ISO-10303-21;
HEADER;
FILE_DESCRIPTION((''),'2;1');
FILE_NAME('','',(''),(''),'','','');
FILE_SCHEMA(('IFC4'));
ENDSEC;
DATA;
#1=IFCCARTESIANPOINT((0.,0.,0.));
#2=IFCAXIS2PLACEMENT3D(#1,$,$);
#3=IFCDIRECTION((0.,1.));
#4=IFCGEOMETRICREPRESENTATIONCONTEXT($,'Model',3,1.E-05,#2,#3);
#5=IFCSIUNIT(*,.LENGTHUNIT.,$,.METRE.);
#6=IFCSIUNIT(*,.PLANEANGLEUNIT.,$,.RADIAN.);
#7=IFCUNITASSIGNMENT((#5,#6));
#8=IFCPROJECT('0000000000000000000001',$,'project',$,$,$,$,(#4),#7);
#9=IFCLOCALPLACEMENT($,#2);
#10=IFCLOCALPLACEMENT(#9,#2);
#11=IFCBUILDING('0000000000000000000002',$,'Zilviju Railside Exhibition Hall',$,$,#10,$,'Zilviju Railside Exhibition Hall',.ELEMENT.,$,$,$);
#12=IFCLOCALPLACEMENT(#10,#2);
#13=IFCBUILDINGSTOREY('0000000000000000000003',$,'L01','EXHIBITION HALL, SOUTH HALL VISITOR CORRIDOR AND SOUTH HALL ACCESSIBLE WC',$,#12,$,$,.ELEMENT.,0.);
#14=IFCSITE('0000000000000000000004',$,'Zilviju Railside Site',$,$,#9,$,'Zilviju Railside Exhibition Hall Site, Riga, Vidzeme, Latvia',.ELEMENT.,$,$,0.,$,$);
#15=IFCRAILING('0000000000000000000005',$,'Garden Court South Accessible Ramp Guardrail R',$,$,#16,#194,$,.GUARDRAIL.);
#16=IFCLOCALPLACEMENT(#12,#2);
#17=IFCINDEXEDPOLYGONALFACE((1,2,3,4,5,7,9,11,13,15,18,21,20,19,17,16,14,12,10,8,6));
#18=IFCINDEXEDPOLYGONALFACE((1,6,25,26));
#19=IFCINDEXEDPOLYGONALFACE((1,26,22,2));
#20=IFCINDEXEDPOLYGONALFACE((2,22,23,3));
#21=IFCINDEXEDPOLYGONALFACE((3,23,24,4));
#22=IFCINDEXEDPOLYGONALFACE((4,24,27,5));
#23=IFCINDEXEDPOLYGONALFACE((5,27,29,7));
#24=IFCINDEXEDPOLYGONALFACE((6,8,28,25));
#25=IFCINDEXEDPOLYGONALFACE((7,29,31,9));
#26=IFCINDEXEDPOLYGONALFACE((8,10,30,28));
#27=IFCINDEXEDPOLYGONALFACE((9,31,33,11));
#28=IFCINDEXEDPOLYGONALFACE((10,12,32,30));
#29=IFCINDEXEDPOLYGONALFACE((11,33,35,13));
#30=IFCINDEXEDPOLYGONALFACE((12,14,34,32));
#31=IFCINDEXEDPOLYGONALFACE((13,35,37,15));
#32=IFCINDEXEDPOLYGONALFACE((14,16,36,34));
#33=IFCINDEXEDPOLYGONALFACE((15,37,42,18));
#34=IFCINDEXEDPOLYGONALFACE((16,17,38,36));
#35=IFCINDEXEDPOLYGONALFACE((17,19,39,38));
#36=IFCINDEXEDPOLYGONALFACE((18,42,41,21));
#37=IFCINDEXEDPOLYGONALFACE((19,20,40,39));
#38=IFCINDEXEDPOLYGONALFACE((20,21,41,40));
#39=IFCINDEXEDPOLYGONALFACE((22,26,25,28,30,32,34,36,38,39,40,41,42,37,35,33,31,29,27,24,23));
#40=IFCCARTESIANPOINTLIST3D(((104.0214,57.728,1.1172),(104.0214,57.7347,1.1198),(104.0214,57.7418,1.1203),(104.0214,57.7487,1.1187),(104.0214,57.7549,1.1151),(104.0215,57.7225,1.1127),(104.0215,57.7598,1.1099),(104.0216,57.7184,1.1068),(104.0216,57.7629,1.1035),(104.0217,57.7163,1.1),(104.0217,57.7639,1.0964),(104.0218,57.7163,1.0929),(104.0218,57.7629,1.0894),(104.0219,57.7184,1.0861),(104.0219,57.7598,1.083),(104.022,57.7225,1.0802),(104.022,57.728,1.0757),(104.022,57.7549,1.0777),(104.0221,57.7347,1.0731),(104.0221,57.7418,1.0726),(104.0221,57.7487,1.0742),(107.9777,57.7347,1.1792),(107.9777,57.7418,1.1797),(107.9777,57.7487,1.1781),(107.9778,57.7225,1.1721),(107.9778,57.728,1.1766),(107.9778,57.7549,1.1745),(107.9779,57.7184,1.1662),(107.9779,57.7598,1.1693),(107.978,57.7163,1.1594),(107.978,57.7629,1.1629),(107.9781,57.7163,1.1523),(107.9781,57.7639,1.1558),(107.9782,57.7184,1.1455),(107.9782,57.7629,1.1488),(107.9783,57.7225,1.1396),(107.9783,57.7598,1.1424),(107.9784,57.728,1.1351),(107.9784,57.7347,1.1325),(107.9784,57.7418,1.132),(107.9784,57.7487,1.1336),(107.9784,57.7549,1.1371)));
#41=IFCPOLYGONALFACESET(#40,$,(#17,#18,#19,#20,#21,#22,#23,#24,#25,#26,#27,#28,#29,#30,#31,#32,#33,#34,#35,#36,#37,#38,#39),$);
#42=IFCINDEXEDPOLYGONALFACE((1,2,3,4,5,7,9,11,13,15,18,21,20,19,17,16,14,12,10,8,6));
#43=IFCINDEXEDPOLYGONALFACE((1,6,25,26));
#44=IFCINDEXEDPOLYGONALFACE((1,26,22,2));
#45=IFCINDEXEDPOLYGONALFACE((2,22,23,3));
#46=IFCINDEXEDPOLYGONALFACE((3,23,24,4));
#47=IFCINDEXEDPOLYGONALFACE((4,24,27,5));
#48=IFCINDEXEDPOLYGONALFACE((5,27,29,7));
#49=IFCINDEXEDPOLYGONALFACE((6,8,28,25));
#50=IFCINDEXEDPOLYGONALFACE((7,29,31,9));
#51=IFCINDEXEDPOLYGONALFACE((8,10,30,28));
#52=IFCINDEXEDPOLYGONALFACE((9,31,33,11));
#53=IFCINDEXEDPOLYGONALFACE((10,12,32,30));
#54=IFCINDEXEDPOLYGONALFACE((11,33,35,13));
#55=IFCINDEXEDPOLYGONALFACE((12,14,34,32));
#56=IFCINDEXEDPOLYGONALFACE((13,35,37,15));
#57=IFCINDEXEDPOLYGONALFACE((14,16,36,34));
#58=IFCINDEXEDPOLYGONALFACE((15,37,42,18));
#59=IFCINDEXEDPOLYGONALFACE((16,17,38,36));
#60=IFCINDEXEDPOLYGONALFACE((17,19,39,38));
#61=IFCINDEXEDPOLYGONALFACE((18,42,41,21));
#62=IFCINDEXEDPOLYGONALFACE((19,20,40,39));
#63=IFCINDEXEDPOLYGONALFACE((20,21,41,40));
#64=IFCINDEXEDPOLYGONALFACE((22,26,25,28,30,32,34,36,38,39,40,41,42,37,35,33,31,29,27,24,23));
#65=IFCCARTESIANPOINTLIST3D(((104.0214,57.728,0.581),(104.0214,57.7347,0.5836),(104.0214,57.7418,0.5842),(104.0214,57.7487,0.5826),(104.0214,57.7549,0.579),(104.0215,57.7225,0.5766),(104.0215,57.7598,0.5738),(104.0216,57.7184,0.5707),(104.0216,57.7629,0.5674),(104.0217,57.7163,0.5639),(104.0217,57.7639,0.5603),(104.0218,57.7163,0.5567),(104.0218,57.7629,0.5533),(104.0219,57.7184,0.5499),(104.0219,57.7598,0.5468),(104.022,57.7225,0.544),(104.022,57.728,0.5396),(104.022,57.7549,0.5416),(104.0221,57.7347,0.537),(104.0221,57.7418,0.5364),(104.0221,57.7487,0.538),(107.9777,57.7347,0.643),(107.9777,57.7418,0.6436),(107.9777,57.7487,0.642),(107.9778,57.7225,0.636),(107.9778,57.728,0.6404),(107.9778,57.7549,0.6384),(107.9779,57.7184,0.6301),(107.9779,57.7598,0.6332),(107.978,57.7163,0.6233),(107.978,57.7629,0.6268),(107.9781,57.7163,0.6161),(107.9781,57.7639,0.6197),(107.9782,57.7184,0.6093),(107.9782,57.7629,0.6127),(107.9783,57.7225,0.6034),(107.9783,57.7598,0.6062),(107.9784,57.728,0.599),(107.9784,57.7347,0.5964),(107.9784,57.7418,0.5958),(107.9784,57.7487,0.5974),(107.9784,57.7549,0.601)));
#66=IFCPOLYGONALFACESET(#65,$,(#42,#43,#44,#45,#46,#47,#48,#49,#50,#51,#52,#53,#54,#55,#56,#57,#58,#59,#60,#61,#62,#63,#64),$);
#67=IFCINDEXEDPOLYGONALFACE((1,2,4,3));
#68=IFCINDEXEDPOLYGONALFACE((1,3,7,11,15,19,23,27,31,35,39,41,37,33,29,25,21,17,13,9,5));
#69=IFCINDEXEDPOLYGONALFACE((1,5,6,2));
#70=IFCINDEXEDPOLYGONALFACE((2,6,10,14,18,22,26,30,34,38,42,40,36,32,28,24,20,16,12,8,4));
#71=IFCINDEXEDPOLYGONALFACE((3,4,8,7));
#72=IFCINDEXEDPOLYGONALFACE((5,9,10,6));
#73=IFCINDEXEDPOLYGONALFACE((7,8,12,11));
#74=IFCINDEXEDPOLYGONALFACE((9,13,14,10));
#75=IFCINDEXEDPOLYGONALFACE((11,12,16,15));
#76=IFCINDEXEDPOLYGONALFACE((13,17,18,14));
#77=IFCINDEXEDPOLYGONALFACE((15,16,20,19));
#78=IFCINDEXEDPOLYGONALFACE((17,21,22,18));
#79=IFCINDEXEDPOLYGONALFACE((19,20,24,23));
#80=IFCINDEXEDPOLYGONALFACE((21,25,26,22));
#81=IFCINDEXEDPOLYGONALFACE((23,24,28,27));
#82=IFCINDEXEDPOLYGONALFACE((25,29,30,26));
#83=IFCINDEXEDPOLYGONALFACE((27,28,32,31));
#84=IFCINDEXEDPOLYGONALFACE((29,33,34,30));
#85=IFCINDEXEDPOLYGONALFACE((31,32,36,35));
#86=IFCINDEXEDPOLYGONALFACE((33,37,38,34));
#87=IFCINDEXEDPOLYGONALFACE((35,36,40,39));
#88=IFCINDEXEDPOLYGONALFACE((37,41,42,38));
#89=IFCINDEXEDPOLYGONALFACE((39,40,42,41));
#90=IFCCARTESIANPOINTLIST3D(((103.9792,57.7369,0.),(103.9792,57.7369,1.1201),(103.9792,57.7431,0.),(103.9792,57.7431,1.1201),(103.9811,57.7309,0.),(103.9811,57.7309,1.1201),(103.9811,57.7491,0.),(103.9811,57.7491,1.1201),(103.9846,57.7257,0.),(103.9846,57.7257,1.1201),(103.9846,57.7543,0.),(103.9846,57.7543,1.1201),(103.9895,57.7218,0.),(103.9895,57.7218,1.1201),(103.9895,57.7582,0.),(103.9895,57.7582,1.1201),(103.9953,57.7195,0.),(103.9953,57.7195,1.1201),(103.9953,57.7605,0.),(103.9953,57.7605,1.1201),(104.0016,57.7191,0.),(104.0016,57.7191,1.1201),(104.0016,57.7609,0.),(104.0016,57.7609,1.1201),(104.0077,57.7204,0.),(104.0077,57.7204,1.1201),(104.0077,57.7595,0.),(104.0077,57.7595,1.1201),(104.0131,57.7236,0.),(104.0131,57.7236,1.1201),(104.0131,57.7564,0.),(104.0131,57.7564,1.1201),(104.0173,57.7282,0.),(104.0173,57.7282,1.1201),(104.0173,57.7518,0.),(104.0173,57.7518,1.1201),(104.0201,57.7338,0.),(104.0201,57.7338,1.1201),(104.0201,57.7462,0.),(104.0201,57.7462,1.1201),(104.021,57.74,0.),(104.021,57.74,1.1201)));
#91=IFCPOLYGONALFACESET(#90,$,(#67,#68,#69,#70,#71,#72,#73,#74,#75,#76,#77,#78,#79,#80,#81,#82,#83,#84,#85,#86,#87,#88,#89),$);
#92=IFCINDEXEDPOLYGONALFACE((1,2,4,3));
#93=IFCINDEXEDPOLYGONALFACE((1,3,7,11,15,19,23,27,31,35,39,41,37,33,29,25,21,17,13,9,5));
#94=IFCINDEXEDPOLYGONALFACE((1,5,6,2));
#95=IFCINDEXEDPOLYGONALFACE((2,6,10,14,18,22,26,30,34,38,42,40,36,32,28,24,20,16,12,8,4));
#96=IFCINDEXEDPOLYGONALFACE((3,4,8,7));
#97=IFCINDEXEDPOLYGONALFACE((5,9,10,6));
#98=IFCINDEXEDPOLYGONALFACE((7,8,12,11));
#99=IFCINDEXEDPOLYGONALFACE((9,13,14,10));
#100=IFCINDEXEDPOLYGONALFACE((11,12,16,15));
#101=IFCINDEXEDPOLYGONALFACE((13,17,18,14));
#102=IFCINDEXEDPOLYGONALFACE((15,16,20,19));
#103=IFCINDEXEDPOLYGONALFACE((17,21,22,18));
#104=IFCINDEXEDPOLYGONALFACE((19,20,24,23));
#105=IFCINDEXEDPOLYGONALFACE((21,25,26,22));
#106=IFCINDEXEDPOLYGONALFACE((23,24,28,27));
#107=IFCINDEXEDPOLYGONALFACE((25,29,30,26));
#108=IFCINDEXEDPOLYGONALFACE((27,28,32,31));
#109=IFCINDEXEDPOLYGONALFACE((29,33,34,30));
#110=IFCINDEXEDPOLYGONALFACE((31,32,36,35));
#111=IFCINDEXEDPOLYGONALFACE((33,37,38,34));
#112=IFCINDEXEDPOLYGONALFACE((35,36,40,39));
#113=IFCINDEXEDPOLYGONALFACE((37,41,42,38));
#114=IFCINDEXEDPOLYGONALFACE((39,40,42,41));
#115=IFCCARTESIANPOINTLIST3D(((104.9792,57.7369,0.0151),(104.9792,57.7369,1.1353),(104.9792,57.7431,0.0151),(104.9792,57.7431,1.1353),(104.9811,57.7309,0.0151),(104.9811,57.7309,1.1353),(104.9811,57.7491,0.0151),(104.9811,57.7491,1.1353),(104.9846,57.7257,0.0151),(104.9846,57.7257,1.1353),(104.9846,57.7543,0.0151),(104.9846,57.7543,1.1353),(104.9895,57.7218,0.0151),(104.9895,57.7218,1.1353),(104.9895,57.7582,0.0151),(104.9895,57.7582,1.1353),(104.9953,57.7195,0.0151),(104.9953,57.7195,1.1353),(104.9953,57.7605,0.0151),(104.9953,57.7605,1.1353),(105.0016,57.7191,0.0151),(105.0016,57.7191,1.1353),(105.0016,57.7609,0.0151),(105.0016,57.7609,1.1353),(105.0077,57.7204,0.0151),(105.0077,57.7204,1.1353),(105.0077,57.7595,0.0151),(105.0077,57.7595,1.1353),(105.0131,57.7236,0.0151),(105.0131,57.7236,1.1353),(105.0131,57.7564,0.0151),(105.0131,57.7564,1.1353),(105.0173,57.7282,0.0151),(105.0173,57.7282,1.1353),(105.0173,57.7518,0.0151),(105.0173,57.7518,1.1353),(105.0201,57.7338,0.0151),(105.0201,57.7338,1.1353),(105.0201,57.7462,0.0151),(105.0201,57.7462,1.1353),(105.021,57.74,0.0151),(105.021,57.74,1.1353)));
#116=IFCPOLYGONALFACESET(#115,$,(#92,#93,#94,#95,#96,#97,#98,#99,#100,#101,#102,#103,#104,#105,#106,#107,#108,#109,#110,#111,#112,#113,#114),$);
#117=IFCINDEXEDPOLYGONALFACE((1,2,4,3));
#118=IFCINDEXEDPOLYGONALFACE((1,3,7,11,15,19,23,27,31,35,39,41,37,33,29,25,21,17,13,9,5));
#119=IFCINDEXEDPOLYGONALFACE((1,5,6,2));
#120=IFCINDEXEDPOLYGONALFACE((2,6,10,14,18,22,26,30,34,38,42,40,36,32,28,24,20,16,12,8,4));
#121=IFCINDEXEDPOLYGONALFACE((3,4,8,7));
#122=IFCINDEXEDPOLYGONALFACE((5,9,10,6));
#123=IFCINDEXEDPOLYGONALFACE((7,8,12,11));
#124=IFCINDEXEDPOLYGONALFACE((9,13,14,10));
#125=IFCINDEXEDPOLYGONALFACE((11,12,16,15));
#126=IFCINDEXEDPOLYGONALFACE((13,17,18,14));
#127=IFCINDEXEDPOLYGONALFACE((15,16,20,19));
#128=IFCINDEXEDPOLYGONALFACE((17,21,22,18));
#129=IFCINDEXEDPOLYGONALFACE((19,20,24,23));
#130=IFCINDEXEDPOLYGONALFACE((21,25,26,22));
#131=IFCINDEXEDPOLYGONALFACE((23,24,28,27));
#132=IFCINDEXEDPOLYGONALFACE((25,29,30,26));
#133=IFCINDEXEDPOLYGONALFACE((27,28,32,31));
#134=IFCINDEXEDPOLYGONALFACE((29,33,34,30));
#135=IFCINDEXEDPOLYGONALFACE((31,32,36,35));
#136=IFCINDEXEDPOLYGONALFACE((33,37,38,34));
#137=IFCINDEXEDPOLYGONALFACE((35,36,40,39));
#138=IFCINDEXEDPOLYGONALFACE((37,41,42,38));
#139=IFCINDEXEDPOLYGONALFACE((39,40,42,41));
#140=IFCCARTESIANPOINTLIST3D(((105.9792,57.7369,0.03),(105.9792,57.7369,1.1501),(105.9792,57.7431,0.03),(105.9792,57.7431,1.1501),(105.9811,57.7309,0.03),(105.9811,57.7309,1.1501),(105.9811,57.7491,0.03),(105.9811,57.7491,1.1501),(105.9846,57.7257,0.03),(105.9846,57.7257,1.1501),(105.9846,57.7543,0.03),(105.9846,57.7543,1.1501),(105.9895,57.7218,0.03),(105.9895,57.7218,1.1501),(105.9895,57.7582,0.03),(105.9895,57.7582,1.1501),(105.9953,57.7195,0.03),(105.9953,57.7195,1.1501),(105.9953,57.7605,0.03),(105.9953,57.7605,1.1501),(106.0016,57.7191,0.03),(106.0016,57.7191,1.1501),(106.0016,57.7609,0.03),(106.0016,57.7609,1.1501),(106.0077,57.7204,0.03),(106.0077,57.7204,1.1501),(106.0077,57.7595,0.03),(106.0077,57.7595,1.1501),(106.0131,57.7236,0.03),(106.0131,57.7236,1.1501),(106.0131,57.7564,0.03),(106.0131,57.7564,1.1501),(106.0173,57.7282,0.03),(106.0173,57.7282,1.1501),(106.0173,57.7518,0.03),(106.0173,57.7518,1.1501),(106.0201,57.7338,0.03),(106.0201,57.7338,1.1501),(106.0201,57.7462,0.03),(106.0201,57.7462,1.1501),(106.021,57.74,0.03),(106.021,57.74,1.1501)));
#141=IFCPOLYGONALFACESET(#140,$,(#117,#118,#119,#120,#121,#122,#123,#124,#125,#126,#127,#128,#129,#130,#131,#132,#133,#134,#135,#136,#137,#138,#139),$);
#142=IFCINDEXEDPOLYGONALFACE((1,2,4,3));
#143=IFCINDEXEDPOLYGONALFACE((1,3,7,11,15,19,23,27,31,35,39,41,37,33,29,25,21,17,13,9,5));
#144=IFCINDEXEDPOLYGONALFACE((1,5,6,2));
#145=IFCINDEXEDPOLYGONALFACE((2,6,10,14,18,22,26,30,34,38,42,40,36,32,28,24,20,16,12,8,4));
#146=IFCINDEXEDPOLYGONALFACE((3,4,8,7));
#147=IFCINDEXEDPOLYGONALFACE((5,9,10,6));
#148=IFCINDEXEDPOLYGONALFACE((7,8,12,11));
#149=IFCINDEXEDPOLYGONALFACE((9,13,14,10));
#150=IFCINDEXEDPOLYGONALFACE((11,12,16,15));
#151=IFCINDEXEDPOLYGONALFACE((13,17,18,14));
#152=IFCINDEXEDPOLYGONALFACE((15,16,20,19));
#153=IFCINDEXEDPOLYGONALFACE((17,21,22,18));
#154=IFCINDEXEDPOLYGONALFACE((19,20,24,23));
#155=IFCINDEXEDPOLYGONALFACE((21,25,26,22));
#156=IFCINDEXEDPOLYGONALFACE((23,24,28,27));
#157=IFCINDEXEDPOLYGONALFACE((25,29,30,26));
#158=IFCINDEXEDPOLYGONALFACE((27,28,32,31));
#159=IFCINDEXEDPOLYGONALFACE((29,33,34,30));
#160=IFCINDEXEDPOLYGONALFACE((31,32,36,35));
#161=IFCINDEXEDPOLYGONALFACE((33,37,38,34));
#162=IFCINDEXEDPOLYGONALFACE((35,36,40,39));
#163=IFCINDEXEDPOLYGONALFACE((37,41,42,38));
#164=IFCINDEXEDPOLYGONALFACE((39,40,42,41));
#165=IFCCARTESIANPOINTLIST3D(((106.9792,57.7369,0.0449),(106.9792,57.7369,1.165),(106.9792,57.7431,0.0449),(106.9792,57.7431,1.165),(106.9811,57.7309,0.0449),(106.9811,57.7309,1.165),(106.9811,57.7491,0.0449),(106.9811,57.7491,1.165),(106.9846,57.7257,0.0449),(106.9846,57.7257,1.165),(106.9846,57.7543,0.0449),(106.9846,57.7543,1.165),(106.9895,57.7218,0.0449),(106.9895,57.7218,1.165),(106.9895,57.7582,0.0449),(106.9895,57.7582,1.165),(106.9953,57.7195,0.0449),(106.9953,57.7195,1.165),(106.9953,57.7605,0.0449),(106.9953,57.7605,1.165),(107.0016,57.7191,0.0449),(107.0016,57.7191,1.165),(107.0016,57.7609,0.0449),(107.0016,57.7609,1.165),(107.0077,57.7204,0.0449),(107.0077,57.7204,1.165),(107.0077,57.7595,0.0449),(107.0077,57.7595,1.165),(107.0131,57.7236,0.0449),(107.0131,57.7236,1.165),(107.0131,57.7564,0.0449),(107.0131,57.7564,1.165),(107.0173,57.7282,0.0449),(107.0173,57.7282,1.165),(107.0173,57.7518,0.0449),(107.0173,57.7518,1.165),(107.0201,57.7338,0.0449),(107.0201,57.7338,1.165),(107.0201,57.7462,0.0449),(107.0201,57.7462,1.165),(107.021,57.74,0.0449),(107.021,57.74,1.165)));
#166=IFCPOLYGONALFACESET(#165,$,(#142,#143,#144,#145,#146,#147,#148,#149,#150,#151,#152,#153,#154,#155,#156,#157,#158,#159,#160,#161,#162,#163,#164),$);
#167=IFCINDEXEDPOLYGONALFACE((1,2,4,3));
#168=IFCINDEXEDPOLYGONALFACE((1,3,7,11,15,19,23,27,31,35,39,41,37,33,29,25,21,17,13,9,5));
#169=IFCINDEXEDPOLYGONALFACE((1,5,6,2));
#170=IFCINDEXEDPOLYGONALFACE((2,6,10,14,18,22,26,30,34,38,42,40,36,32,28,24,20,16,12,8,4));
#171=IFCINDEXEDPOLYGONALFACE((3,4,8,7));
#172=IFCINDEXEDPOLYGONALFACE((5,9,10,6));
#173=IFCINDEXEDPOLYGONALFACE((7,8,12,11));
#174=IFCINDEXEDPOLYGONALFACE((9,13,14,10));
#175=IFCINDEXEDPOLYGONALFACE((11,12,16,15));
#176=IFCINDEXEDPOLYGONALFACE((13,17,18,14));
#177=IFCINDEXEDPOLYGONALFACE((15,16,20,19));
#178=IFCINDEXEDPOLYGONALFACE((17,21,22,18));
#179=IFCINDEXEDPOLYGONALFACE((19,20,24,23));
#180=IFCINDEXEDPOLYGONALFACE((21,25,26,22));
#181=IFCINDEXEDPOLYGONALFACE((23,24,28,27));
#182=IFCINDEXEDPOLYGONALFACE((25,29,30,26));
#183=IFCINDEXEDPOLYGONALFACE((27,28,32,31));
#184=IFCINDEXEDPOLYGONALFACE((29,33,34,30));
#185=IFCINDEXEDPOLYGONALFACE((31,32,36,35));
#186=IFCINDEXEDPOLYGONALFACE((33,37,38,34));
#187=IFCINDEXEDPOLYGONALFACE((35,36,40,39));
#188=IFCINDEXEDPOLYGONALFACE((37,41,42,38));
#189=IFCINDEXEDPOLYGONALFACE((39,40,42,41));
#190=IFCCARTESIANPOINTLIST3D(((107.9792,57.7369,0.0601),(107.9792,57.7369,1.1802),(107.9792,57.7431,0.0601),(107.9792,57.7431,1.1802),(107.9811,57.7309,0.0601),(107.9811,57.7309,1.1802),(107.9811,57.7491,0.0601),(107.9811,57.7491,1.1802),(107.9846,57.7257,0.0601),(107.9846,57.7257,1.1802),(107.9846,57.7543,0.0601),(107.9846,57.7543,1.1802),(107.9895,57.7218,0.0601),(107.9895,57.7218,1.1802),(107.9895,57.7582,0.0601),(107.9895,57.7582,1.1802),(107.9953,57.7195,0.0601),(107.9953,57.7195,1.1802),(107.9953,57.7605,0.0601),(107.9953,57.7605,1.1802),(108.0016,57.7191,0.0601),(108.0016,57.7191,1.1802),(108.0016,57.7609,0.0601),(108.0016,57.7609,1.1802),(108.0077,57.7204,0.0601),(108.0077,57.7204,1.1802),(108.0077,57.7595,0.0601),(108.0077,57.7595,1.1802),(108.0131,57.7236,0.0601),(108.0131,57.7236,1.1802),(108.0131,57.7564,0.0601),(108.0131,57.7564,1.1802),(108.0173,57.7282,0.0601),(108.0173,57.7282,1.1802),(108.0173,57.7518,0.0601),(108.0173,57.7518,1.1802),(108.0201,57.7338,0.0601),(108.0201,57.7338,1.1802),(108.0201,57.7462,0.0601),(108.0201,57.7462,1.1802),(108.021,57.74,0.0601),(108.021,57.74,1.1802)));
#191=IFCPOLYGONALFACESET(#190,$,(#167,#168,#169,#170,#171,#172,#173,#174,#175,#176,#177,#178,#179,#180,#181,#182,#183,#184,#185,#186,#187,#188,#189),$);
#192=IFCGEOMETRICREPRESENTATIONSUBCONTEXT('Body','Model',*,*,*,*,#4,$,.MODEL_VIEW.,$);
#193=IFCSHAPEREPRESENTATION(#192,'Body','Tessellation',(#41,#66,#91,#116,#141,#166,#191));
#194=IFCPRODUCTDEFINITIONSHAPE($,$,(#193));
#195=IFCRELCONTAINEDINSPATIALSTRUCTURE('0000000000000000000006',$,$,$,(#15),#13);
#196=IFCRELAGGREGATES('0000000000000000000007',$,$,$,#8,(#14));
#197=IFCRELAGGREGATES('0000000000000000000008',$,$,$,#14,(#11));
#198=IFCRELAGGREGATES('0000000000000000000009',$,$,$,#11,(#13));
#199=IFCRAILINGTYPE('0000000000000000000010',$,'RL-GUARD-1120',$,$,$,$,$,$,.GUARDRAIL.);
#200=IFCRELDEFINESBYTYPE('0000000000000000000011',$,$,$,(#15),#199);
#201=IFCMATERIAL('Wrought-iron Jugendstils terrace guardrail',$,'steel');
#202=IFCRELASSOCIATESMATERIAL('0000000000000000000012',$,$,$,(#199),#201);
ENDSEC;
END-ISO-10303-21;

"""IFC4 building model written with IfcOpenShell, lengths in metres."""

from ifc_helpers import new_model, si_unit, direction, frame, origin, origin_2d, place, context, subcontext, project, spatial, circle, extrude, material, type_object, element, save


model = new_model("IFC4")

# Units and contexts
model_context = context("Model", 3, precision=1e-05, world=origin(), true_north=direction((0.0, 1.0)))
body_context = subcontext(model_context, "Body", "Model", "MODEL_VIEW")
ifc_project = project(units=[si_unit("LENGTHUNIT", "METRE"), si_unit("PLANEANGLEUNIT", "RADIAN")], contexts=[model_context])

# Site, building, storey
site_placement = place(None, origin())
site = spatial("IfcSite", under=ifc_project, at=site_placement, Name="Zilviju Railside Site", LongName="Zilviju Railside Exhibition Hall Site, Riga, Vidzeme, Latvia", CompositionType="ELEMENT", RefElevation=0.0)
building_placement = place(site_placement, origin())
building = spatial("IfcBuilding", under=site, at=building_placement, Name="Zilviju Railside Exhibition Hall", LongName="Zilviju Railside Exhibition Hall", CompositionType="ELEMENT")
storey_placement = place(building_placement, origin())
storey = spatial("IfcBuildingStorey", under=building, at=storey_placement, Name="L01", Description="EXHIBITION HALL, SOUTH HALL VISITOR CORRIDOR AND SOUTH HALL ACCESSIBLE WC", CompositionType="ELEMENT", Elevation=0.0)

# Railing
ifc_material_1 = material(Name="Wrought-iron Jugendstils terrace guardrail", Category="steel")
railing_type_1 = type_object("IfcRailingType", Name="RL-GUARD-1120", PredefinedType="GUARDRAIL", material=ifc_material_1)
for number, where, name in (
    (1, (104.0, 57.74, 0.0), "Garden Court South Accessible Ramp Guardrail R"),
):
    element("IfcRailing", number, at=place(storey_placement, frame(where)), inside=storey, type_object=railing_type_1, Name=name, PredefinedType="GUARDRAIL", context=body_context, shape_type="SweptSolid", body=[
        extrude(circle(Radius=0.0239, at=origin_2d()), frame((0.0217, 0.0, 1.0964), z_axis=(0.999887, 0.0, 0.015013), x_axis=(0.0, 1.0, 0.0)), (0.0, 0.0, 1.0), 3.9568),
        extrude(circle(Radius=0.0239, at=origin_2d()), frame((0.0217, 0.0, 0.5603), z_axis=(0.999887, 0.0, 0.015013), x_axis=(0.0, 1.0, 0.0)), (0.0, 0.0, 1.0), 3.9568),
        extrude(circle(Radius=0.021, at=origin_2d()), origin(), (0.0, 0.0, 1.0), 1.1201),
        extrude(circle(Radius=0.021, at=origin_2d()), frame((1.0, 0.0, 0.0151)), (0.0, 0.0, 1.0), 1.1201),
        extrude(circle(Radius=0.021, at=origin_2d()), frame((2.0, 0.0, 0.03)), (0.0, 0.0, 1.0), 1.1201),
        extrude(circle(Radius=0.021, at=origin_2d()), frame((3.0, 0.0, 0.0449)), (0.0, 0.0, 1.0), 1.1201),
        extrude(circle(Radius=0.021, at=origin_2d()), frame((4.0, 0.0, 0.0601)), (0.0, 0.0, 1.0), 1.1201),
    ])

save(model, "model.ifc")
